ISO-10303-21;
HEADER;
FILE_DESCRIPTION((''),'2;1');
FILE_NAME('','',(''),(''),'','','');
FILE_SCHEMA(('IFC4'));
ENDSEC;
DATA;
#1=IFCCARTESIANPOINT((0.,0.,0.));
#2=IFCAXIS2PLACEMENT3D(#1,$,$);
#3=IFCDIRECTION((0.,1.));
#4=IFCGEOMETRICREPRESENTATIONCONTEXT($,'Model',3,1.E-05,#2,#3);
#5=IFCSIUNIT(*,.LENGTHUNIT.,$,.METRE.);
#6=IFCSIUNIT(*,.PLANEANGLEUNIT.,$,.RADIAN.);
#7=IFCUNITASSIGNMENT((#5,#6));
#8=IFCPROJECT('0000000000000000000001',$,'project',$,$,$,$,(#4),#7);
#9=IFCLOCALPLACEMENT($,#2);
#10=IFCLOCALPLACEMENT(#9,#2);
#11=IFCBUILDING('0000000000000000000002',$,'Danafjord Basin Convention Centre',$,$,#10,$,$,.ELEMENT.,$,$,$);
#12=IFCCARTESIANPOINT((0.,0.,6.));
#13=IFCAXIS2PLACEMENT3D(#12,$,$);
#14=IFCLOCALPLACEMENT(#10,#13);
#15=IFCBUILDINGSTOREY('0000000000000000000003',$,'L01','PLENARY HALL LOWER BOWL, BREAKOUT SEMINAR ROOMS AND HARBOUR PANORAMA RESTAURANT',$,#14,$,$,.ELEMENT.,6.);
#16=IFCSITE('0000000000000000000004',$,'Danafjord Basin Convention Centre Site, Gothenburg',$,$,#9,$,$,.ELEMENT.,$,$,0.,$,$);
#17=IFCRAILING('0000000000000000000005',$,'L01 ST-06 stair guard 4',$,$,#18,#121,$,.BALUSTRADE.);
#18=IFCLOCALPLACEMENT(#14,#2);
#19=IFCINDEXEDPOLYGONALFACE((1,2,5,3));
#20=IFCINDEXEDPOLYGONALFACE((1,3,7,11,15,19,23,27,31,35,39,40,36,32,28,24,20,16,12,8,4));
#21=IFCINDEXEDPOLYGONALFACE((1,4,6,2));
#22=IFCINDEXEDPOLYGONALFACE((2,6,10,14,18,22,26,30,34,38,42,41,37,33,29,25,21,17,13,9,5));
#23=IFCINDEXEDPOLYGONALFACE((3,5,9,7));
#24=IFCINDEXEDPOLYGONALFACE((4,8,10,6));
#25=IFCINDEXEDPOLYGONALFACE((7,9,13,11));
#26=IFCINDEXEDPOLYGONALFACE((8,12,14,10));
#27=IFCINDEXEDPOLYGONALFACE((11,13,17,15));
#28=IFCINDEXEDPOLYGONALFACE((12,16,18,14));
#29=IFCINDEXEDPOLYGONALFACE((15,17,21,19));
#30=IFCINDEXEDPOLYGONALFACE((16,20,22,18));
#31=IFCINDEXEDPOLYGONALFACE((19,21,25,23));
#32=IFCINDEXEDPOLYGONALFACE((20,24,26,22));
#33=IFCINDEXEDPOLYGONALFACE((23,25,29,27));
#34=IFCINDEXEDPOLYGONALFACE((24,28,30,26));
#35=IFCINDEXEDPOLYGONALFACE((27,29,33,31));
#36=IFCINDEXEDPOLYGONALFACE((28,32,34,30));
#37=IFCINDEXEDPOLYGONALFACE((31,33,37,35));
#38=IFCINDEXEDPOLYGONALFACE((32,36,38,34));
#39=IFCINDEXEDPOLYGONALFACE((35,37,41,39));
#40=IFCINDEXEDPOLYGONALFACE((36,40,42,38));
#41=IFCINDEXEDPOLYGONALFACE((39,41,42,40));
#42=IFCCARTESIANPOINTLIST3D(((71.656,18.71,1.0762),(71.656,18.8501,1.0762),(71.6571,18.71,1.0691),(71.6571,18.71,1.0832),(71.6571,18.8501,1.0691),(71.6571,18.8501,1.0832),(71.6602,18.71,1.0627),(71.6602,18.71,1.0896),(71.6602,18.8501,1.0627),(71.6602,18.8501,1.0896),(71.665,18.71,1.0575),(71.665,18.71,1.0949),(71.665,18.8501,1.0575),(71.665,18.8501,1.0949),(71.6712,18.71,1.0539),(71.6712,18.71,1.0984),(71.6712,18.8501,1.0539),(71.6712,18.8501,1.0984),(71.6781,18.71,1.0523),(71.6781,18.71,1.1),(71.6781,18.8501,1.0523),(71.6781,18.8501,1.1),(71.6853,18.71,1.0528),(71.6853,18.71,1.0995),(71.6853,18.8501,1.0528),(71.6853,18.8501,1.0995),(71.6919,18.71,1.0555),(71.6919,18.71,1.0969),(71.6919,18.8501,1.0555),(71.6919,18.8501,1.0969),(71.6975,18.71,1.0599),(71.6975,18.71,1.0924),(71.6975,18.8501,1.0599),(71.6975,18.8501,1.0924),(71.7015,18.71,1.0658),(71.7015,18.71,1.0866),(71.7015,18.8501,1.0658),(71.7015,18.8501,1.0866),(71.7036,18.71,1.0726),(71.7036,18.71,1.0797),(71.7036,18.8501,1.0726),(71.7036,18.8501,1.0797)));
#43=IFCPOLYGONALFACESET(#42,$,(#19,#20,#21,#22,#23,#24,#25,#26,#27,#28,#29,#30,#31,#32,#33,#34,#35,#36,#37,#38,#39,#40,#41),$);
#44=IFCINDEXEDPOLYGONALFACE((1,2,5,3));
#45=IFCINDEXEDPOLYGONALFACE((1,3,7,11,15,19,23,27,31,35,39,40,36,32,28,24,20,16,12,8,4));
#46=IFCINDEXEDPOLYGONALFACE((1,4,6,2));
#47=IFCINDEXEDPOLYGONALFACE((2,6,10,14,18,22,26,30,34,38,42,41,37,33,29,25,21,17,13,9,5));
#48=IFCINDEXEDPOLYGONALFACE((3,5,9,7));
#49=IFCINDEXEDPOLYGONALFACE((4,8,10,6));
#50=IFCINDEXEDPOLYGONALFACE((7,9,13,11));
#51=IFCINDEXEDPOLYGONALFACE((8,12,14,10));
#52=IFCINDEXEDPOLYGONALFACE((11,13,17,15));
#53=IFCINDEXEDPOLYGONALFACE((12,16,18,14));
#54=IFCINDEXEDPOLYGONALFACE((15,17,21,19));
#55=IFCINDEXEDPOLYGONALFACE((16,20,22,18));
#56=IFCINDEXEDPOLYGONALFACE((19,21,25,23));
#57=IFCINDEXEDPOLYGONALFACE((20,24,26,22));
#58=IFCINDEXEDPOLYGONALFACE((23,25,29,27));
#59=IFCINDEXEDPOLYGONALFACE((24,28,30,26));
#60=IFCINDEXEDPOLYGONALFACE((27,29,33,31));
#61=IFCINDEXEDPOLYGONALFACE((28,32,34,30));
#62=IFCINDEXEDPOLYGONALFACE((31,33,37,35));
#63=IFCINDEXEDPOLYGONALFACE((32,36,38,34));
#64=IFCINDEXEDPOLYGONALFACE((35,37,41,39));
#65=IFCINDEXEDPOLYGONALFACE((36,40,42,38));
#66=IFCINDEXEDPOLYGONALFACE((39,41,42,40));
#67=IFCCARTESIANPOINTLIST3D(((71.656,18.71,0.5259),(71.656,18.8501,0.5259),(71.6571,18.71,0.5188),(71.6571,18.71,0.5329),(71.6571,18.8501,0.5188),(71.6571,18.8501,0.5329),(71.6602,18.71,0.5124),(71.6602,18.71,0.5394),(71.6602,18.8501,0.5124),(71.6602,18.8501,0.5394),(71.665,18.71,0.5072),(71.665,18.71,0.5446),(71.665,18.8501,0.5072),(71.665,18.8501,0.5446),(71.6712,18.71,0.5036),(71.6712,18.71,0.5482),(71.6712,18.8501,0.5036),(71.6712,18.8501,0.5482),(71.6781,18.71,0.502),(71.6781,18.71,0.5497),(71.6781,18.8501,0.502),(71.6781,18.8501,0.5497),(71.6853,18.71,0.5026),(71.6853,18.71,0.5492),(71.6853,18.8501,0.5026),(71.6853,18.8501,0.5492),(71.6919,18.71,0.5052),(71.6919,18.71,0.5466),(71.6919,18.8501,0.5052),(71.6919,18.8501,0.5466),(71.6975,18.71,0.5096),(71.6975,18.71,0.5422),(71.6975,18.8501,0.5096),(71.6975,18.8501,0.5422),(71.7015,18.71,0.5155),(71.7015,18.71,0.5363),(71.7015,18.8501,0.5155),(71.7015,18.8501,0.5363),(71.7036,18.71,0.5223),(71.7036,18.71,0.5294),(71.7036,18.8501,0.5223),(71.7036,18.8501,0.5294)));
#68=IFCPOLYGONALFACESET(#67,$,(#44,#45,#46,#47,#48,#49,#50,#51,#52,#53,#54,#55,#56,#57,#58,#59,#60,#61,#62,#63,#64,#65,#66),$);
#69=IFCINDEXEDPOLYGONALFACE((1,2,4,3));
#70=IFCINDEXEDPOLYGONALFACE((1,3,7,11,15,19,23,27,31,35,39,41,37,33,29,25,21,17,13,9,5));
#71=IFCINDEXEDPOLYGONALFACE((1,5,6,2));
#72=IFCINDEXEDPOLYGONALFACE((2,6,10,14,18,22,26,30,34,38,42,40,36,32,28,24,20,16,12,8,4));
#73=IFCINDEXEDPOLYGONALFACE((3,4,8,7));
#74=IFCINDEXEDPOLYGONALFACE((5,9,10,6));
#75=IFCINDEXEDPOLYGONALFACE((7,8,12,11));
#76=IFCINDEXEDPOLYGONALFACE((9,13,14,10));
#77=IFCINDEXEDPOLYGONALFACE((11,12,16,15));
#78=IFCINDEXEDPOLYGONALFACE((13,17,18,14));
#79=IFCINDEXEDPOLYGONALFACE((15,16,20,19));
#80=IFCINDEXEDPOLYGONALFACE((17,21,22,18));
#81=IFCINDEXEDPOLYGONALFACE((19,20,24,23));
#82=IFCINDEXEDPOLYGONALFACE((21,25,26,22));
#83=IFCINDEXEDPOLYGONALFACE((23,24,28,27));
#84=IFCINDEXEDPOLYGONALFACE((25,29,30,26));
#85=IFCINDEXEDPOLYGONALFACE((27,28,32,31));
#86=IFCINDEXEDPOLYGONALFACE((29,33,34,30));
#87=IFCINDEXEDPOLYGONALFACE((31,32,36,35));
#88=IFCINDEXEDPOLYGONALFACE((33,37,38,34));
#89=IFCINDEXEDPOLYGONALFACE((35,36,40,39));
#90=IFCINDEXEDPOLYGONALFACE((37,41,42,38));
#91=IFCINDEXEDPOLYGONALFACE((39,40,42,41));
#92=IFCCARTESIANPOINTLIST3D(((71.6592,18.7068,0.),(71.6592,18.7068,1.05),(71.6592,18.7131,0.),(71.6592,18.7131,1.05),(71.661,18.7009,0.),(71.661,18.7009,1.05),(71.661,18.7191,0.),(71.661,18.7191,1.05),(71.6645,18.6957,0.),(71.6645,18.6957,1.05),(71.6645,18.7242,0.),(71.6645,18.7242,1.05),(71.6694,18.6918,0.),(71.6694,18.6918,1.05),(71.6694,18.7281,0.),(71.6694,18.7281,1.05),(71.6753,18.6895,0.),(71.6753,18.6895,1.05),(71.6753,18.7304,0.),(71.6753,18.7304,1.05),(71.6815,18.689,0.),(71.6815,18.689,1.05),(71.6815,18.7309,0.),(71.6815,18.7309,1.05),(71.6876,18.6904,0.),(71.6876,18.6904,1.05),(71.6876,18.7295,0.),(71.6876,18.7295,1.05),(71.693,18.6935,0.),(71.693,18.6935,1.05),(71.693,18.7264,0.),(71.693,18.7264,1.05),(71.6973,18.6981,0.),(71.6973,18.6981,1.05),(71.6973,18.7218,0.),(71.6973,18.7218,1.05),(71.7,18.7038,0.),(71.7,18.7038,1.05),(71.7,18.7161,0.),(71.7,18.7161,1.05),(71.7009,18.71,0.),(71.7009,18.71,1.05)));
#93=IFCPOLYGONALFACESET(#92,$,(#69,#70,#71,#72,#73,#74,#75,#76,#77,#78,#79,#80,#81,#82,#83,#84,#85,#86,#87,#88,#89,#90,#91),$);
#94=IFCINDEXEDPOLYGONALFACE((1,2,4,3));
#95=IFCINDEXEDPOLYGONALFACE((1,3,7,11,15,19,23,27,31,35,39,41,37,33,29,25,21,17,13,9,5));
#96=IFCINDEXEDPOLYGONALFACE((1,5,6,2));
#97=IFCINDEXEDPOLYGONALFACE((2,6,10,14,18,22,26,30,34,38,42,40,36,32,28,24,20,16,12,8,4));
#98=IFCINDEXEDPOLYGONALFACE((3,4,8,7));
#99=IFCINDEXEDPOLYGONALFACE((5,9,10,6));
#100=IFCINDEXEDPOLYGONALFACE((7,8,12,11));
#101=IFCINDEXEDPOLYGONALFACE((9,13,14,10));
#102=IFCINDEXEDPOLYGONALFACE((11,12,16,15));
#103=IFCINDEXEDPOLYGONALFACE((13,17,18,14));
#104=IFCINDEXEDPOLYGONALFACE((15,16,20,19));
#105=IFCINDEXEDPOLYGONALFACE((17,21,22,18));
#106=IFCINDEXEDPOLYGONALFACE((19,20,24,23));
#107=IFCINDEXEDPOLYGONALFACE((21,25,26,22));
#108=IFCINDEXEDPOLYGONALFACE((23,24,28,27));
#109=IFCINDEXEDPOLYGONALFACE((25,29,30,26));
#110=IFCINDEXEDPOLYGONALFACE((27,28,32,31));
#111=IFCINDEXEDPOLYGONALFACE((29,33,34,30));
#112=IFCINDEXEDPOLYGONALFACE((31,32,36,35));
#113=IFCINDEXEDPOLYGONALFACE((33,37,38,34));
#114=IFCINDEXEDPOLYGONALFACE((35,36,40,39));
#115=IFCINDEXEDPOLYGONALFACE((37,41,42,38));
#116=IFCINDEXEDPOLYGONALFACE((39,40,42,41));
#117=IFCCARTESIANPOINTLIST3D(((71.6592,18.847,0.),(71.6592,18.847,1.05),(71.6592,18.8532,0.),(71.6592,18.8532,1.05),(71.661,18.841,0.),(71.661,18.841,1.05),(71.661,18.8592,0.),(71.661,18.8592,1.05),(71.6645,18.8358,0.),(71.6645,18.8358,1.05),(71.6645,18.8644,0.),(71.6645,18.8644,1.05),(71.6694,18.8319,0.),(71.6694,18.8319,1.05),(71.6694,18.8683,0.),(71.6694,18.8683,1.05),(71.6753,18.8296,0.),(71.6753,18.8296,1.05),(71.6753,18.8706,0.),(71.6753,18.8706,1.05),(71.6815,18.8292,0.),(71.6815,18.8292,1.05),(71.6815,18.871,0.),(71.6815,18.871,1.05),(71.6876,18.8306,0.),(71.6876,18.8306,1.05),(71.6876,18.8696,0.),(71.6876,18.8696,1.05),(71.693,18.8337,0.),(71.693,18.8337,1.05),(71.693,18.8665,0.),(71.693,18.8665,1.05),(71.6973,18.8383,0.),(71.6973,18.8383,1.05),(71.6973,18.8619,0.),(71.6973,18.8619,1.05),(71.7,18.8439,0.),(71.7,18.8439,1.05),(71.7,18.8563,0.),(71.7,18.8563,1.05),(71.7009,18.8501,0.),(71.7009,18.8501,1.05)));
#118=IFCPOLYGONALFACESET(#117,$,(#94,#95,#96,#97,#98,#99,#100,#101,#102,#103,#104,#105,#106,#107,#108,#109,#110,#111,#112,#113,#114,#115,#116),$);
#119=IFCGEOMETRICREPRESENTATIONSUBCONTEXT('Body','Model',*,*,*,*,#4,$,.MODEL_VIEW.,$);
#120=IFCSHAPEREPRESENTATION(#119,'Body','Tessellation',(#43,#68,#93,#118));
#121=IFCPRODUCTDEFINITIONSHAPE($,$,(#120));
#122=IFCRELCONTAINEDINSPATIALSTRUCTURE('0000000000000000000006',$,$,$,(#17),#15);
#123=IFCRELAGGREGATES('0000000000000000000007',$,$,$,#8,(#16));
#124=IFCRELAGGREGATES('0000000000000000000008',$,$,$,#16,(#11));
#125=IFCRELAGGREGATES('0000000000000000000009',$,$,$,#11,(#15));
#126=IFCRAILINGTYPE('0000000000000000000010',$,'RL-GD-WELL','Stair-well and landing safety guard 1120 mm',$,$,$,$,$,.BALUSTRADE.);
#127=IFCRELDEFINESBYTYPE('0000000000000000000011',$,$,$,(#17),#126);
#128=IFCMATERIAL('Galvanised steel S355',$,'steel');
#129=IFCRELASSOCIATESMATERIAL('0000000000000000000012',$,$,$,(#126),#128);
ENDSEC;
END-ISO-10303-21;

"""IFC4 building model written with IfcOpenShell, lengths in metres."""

from ifc_helpers import new_model, si_unit, direction, frame, origin, origin_2d, place, context, subcontext, project, spatial, circle, extrude, material, type_object, element, save


model = new_model("IFC4")

# Units and contexts
model_context = context("Model", 3, precision=1e-05, world=origin(), true_north=direction((0.0, 1.0)))
body_context = subcontext(model_context, "Body", "Model", "MODEL_VIEW")
ifc_project = project(units=[si_unit("LENGTHUNIT", "METRE"), si_unit("PLANEANGLEUNIT", "RADIAN")], contexts=[model_context])

# Site, building, storey
site_placement = place(None, origin())
site = spatial("IfcSite", under=ifc_project, at=site_placement, Name="Danafjord Basin Convention Centre Site, Gothenburg", CompositionType="ELEMENT", RefElevation=0.0)
building_placement = place(site_placement, origin())
building = spatial("IfcBuilding", under=site, at=building_placement, Name="Danafjord Basin Convention Centre", CompositionType="ELEMENT")
storey_placement = place(building_placement, frame((0.0, 0.0, 6.0)))
storey = spatial("IfcBuildingStorey", under=building, at=storey_placement, Name="L01", Description="PLENARY HALL LOWER BOWL, BREAKOUT SEMINAR ROOMS AND HARBOUR PANORAMA RESTAURANT", CompositionType="ELEMENT", Elevation=6.0)

# Railing
ifc_material_1 = material(Name="Galvanised steel S355", Category="steel")
railing_type_1 = type_object("IfcRailingType", Name="RL-GD-WELL", Description="Stair-well and landing safety guard 1120 mm", PredefinedType="BALUSTRADE", material=ifc_material_1)
railing_1_placement = place(storey_placement, frame((71.6799, 18.71, 0.0)))
element("IfcRailing", 1, at=railing_1_placement, inside=storey, type_object=railing_type_1, Name="L01 ST-06 stair guard 4", PredefinedType="BALUSTRADE", context=body_context, shape_type="SweptSolid", body=[
    extrude(circle(Radius=0.0239, at=origin_2d()), frame((0.0, 0.0, 1.0762), z_axis=(0.0, 1.0, 0.0), x_axis=(-1.0, 0.0, 0.0)), (0.0, 0.0, 1.0), 0.1401),
    extrude(circle(Radius=0.0239, at=origin_2d()), frame((0.0, 0.0, 0.5259), z_axis=(0.0, 1.0, 0.0), x_axis=(-1.0, 0.0, 0.0)), (0.0, 0.0, 1.0), 0.1401),
    extrude(circle(Radius=0.021, at=origin_2d()), origin(), (0.0, 0.0, 1.0), 1.05),
    extrude(circle(Radius=0.021, at=origin_2d()), frame((0.0, 0.1401, 0.0)), (0.0, 0.0, 1.0), 1.05),
])

save(model, "model.ifc")
